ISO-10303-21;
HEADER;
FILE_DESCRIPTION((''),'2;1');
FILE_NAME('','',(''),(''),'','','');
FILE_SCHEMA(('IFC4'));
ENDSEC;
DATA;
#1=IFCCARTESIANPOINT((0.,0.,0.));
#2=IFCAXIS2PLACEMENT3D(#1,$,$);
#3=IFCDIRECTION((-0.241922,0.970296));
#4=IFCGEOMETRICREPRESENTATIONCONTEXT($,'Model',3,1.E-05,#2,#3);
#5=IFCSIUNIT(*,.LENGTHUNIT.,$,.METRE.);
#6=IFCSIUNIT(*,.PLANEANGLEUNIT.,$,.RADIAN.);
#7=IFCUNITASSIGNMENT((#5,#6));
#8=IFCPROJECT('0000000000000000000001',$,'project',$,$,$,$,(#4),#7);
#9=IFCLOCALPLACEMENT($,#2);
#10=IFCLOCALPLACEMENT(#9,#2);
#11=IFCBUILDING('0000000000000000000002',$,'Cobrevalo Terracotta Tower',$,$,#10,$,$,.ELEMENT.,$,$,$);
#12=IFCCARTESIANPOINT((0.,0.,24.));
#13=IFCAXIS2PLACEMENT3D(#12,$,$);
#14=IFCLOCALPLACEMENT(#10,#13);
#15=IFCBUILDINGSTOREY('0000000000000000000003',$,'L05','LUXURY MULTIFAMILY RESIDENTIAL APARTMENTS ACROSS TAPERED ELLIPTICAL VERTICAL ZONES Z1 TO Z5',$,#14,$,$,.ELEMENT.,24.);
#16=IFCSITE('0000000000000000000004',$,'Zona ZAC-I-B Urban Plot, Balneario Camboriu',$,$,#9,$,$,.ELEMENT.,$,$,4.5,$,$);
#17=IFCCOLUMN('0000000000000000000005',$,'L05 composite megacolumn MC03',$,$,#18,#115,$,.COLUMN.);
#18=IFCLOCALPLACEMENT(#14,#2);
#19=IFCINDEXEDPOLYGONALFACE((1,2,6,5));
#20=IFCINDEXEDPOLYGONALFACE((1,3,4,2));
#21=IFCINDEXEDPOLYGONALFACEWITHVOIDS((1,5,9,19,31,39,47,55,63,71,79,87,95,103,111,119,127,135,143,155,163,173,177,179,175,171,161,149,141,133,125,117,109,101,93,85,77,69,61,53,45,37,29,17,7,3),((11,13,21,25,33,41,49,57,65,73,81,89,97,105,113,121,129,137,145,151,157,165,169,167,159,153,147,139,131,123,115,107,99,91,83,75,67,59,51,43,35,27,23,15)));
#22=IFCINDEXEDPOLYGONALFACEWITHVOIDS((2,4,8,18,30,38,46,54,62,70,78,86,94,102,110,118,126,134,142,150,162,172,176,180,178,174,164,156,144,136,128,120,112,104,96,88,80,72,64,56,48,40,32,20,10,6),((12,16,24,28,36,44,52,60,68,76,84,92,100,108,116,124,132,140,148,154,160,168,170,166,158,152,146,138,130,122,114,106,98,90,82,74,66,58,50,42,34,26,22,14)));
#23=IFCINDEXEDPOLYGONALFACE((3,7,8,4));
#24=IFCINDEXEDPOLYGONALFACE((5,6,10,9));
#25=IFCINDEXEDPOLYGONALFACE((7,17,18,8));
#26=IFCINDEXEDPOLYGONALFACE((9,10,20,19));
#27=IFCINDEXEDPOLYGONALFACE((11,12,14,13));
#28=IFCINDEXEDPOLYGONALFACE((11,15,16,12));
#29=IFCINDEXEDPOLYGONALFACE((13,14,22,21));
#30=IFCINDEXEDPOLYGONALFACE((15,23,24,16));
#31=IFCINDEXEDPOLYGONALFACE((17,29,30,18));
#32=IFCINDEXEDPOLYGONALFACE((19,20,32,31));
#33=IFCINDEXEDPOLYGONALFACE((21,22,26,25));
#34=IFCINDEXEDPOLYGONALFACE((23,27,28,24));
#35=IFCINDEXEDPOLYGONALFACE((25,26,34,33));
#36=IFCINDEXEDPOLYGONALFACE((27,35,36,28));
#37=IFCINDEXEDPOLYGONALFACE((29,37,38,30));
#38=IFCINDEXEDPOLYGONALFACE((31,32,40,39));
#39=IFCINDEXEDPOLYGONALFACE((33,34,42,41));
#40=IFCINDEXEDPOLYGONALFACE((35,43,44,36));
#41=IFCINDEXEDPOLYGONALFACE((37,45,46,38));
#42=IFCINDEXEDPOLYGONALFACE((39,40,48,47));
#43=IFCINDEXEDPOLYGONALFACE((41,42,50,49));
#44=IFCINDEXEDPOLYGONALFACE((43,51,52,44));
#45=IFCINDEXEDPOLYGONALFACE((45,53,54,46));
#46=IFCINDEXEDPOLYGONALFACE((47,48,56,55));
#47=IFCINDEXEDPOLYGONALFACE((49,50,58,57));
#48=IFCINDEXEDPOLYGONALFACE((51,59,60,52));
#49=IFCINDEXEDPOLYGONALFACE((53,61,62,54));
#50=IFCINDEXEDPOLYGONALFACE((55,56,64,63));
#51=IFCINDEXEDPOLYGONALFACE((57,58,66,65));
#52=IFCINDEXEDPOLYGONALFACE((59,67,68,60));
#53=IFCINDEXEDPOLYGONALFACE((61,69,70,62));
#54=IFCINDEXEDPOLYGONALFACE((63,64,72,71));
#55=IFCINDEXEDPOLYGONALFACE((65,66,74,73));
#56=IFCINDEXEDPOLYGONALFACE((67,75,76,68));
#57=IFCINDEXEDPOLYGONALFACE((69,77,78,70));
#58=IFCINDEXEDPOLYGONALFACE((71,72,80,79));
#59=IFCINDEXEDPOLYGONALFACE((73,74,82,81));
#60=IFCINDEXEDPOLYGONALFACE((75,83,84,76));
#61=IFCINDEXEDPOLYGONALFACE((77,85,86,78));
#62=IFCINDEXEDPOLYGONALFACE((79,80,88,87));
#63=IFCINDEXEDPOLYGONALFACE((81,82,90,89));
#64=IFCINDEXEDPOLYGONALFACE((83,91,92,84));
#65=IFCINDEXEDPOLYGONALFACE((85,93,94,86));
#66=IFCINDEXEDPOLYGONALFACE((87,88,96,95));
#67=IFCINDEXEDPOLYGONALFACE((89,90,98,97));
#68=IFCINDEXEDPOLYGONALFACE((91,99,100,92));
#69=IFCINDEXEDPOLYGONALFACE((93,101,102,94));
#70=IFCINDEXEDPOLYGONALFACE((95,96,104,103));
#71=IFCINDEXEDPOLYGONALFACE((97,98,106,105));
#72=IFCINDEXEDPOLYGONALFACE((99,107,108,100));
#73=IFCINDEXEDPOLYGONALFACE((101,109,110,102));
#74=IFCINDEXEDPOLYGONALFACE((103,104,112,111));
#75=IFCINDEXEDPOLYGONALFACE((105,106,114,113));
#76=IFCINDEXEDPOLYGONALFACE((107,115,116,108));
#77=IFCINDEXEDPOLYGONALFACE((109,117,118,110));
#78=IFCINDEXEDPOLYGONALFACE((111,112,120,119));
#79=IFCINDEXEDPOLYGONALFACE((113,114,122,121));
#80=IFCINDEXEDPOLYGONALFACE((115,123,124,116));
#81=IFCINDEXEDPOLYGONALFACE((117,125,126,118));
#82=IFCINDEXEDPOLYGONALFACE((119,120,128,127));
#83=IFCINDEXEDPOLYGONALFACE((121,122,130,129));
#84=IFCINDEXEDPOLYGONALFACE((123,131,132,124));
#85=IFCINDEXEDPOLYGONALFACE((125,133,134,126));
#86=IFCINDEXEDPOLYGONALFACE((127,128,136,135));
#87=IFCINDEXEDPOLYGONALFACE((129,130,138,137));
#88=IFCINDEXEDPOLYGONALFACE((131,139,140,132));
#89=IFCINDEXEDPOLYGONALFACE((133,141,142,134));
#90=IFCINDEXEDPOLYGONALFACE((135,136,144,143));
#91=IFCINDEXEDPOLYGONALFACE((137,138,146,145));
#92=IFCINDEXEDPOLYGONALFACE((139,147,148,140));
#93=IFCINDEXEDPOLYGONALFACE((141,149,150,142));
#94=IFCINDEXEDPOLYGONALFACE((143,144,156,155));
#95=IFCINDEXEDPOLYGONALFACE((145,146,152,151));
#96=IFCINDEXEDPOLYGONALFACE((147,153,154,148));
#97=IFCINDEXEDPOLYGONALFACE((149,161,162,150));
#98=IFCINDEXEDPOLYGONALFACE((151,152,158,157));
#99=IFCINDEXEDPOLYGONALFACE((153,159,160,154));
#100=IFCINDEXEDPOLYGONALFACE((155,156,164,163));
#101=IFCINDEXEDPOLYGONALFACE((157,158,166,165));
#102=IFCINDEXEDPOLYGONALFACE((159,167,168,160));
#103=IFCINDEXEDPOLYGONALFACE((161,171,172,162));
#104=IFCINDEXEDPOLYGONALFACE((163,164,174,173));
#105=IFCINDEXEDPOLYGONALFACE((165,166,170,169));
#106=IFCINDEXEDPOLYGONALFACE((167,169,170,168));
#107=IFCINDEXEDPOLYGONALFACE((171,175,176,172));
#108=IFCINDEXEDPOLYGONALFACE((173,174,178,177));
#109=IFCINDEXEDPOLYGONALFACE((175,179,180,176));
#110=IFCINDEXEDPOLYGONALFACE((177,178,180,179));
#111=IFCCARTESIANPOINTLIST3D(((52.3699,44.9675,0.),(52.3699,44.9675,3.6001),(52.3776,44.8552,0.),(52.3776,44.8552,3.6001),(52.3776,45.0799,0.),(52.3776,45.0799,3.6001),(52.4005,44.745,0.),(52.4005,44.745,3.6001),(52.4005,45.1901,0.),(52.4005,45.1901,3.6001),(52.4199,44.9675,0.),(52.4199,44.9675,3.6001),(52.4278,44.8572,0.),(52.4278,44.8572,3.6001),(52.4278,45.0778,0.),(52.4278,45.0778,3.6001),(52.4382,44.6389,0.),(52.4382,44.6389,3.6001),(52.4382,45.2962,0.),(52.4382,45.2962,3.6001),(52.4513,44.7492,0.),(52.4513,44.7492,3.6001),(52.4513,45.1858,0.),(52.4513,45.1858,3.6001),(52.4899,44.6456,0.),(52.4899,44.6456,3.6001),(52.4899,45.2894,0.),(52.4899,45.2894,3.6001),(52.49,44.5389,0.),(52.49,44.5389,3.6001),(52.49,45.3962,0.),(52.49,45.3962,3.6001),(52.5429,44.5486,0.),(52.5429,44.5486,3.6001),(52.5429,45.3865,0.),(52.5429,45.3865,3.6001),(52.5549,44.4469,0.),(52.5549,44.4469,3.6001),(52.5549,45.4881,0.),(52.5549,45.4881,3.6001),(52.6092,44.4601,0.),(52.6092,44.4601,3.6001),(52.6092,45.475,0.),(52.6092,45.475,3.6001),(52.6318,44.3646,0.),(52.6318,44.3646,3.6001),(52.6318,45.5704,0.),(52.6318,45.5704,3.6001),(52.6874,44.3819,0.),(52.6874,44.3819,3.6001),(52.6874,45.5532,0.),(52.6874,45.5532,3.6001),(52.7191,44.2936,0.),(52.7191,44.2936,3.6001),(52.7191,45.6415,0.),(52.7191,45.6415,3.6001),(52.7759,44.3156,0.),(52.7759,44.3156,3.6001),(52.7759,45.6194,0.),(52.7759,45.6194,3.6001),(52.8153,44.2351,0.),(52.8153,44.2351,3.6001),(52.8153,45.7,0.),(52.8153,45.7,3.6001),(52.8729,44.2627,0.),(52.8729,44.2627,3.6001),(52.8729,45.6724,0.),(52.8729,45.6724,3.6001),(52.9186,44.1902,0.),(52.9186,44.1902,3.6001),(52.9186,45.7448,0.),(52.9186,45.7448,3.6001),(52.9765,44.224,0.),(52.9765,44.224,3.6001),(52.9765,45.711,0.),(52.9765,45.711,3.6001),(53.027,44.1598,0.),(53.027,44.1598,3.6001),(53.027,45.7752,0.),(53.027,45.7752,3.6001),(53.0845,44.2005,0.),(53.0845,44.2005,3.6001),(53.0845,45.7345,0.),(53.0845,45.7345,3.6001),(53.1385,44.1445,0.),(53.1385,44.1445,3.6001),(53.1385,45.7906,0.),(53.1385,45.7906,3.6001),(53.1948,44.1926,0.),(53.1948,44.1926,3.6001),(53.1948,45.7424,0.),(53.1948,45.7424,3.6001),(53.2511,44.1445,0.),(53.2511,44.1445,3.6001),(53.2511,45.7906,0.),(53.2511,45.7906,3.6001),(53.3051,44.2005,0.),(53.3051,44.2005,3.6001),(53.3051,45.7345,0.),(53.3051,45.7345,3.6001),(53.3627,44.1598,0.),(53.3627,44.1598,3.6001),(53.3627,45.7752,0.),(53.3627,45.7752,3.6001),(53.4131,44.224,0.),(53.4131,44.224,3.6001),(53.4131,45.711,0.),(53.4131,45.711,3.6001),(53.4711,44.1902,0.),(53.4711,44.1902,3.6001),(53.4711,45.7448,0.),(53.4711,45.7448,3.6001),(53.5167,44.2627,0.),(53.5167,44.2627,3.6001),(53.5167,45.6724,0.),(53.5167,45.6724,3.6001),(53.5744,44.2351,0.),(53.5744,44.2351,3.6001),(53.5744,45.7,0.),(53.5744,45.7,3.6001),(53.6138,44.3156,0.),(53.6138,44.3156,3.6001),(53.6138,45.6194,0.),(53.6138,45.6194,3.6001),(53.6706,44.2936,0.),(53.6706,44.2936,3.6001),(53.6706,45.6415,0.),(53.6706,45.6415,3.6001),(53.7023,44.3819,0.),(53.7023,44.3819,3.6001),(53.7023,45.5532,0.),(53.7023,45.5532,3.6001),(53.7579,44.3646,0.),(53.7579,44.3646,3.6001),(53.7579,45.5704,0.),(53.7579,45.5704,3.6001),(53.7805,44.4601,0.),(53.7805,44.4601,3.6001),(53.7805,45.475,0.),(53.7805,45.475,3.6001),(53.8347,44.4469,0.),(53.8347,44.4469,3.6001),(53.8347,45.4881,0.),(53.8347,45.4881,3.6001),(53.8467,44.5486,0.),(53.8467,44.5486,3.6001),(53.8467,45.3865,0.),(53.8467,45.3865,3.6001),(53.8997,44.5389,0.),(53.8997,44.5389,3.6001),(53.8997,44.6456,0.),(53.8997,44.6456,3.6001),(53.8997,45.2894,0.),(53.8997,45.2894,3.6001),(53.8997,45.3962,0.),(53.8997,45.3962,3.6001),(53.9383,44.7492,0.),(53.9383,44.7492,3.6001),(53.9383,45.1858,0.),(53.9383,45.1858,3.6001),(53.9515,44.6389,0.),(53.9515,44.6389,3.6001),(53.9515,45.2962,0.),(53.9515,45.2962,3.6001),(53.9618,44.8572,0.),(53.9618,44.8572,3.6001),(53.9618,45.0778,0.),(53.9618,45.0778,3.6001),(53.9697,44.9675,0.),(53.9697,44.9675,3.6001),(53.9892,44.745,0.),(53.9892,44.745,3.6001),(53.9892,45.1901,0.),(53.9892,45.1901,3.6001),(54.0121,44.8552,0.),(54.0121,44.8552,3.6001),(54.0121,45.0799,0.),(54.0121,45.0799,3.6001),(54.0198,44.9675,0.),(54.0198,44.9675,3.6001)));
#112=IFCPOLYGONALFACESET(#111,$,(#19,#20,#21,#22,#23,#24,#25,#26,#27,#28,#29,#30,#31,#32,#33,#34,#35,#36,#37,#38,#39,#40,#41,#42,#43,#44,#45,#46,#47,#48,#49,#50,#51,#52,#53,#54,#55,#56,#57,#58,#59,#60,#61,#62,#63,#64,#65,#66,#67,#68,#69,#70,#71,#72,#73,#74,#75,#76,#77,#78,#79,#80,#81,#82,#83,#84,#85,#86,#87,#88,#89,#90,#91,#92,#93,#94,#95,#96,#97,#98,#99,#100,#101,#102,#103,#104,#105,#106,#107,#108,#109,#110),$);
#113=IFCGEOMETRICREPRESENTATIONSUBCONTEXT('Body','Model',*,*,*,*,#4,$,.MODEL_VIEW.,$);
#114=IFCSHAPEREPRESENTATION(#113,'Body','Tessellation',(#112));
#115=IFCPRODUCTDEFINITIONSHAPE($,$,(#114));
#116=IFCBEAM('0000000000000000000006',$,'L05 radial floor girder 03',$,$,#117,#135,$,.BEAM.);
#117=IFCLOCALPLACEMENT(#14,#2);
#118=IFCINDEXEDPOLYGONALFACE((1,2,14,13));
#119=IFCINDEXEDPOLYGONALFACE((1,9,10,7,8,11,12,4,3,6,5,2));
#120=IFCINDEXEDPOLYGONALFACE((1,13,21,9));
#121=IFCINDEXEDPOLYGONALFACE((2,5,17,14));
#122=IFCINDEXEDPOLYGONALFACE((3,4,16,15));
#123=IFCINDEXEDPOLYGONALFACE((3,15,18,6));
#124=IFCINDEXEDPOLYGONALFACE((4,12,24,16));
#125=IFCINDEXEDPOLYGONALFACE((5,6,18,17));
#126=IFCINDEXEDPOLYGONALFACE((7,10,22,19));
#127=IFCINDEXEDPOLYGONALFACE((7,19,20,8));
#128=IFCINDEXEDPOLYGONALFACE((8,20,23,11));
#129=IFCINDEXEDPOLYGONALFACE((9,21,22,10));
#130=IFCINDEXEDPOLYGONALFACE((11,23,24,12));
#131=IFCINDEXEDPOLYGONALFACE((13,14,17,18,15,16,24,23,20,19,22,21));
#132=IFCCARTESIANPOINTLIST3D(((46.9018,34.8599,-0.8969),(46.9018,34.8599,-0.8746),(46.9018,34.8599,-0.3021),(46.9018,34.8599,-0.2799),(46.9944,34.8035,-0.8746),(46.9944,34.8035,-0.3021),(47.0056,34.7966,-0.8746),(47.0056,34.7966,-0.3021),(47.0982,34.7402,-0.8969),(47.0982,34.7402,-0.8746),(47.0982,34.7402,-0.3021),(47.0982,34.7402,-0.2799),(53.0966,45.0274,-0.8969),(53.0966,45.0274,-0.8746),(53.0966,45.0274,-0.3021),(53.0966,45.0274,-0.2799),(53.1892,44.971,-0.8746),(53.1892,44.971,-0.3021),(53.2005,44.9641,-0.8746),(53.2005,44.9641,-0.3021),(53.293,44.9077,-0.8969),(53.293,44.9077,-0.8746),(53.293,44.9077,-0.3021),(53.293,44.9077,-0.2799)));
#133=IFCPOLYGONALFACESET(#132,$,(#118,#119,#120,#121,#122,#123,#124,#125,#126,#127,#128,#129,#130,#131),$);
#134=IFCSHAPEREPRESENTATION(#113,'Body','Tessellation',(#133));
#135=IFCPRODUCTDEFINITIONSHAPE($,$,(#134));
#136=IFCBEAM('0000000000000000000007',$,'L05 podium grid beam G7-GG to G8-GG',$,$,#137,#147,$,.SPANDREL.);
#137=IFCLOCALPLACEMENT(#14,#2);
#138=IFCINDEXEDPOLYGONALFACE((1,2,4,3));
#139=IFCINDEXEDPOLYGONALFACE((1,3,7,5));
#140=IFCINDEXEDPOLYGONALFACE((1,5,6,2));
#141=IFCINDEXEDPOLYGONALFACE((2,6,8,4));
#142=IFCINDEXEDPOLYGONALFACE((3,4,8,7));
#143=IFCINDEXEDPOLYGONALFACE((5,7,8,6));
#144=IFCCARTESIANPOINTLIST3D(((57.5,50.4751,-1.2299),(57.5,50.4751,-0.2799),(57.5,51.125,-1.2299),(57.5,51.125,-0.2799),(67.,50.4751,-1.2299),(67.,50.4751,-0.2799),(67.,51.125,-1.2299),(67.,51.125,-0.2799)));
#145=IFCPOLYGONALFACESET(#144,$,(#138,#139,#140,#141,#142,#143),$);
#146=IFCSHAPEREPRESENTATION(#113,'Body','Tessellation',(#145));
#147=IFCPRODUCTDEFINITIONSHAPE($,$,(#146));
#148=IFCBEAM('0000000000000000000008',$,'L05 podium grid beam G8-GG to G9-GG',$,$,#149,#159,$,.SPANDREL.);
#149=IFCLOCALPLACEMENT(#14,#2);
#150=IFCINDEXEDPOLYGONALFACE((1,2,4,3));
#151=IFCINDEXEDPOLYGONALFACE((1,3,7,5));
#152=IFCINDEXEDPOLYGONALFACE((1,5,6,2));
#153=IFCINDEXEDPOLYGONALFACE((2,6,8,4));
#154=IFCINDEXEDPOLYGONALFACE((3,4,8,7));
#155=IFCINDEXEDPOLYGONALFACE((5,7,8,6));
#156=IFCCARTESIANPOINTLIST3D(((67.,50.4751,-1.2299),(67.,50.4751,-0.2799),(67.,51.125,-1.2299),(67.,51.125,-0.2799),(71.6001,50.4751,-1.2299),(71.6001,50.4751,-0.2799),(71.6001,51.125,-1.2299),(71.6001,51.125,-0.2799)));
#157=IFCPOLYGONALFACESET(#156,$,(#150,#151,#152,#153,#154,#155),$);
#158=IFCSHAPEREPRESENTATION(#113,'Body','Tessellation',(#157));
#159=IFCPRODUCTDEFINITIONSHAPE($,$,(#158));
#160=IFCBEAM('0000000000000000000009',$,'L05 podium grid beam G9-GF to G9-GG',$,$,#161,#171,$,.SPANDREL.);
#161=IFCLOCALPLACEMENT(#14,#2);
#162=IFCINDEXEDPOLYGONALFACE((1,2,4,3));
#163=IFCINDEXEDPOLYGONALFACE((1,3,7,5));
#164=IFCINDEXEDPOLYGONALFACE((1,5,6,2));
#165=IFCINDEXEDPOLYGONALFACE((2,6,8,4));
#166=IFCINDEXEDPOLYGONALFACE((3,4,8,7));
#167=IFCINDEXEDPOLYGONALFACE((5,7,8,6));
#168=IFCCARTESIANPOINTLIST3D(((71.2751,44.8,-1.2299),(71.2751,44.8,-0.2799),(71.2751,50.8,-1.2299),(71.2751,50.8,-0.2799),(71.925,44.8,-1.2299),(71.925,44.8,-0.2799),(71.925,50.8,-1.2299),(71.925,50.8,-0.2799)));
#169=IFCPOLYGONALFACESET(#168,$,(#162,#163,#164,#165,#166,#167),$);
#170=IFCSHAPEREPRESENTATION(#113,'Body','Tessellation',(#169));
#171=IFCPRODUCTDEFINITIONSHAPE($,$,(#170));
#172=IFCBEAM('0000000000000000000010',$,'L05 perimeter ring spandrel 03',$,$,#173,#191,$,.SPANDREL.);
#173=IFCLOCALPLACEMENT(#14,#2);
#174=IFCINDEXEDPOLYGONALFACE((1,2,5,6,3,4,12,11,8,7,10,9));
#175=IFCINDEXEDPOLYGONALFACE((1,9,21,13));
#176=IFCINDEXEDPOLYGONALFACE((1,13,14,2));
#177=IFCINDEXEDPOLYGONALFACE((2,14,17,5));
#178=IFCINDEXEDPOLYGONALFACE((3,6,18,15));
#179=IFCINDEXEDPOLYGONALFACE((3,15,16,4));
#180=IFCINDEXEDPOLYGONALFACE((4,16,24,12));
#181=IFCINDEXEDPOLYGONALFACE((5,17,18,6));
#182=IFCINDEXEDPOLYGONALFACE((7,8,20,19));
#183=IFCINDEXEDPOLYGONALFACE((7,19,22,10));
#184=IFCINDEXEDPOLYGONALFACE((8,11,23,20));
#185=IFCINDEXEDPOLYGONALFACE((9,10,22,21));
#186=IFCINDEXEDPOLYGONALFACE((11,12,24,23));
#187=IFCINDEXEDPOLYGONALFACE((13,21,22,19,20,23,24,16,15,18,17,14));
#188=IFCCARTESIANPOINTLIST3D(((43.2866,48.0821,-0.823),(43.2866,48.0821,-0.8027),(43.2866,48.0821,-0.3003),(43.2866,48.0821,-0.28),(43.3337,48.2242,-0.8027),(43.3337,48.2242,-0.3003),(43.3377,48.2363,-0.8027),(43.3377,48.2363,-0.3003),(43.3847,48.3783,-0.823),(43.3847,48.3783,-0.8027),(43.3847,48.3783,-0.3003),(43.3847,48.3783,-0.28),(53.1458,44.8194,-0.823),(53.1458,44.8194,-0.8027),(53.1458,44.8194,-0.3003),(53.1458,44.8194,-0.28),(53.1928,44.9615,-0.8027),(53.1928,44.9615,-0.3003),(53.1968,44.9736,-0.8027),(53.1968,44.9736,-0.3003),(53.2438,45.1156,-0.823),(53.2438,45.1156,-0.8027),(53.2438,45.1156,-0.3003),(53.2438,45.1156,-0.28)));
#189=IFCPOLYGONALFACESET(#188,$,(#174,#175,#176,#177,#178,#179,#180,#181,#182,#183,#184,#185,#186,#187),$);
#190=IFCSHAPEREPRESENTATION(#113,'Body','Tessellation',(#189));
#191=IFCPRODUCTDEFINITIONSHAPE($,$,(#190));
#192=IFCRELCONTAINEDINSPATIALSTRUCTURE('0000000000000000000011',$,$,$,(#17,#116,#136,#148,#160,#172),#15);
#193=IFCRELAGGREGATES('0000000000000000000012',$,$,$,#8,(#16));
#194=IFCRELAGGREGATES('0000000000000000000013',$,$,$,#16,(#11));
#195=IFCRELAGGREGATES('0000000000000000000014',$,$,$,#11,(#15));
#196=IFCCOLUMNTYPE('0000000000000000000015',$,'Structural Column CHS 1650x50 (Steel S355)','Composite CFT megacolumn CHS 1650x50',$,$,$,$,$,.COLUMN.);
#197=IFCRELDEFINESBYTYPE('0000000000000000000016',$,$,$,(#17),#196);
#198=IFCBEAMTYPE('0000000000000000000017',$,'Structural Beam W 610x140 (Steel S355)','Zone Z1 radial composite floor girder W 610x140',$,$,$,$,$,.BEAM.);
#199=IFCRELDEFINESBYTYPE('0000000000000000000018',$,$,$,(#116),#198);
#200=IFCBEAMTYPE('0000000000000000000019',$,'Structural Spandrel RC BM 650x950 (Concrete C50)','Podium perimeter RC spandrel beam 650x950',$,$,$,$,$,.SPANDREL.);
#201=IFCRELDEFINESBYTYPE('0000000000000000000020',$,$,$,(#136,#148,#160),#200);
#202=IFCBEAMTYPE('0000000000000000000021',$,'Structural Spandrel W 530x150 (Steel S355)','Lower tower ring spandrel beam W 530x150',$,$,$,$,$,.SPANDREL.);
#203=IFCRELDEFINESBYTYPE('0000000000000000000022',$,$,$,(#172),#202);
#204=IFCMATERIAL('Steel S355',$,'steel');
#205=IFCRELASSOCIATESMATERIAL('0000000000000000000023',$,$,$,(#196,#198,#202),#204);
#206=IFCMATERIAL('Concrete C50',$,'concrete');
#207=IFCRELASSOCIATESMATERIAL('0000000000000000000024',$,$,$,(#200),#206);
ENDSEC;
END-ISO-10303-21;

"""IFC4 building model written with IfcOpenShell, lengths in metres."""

from ifc_helpers import new_model, si_unit, direction, frame, origin, origin_2d, place, context, subcontext, project, spatial, rectangle, hollow_circle, i_section, extrude, material, material_profile, profile_set, type_object, element, save


model = new_model("IFC4")

# Units and contexts
model_context = context("Model", 3, precision=1e-05, world=origin(), true_north=direction((-0.241922, 0.970296)))
body_context = subcontext(model_context, "Body", "Model", "MODEL_VIEW")
ifc_project = project(units=[si_unit("LENGTHUNIT", "METRE"), si_unit("PLANEANGLEUNIT", "RADIAN")], contexts=[model_context])

# Site, building, storey
site_placement = place(None, origin())
site = spatial("IfcSite", under=ifc_project, at=site_placement, Name="Zona ZAC-I-B Urban Plot, Balneario Camboriu", CompositionType="ELEMENT", RefElevation=4.5)
building_placement = place(site_placement, origin())
building = spatial("IfcBuilding", under=site, at=building_placement, Name="Cobrevalo Terracotta Tower", CompositionType="ELEMENT")
storey_placement = place(building_placement, frame((0.0, 0.0, 24.0)))
storey = spatial("IfcBuildingStorey", under=building, at=storey_placement, Name="L05", Description="LUXURY MULTIFAMILY RESIDENTIAL APARTMENTS ACROSS TAPERED ELLIPTICAL VERTICAL ZONES Z1 TO Z5", CompositionType="ELEMENT", Elevation=24.0)

# Column
ifc_material_1 = material(Name="Steel S355", Category="steel")
ifc_material_profile_1 = material_profile(ifc_material_1, hollow_circle(Radius=0.825, WallThickness=0.05, at=origin_2d()), Name="CHS 1650x50")
ifc_profile_set_1 = profile_set([ifc_material_profile_1], Name="Steel S355")
column_type = type_object("IfcColumnType", Name="Structural Column CHS 1650x50 (Steel S355)", Description="Composite CFT megacolumn CHS 1650x50", PredefinedType="COLUMN", material=ifc_profile_set_1)
column_placement = place(storey_placement, frame((53.1948, 44.9675, 0.0), z_axis=(0.0, 0.0, 1.0), x_axis=(1.0, 0.0, 0.0)))
element("IfcColumn", 1, at=column_placement, inside=storey, type_object=column_type, Name="L05 composite megacolumn MC03", PredefinedType="COLUMN", context=body_context, shape_type="SweptSolid", body=[
    extrude(hollow_circle(Radius=0.825, WallThickness=0.05, at=origin_2d()), origin(), (0.0, 0.0, 1.0), 3.6001),
])

# Beams
ifc_material_profile_2 = material_profile(ifc_material_1, i_section(OverallWidth=0.23, OverallDepth=0.6169, WebThickness=0.0132, FlangeThickness=0.0222, at=origin_2d()), Name="W 610x140")
ifc_profile_set_2 = profile_set([ifc_material_profile_2], Name="Steel S355")
beam_type_1 = type_object("IfcBeamType", Name="Structural Beam W 610x140 (Steel S355)", Description="Zone Z1 radial composite floor girder W 610x140", PredefinedType="BEAM", material=ifc_profile_set_2)
beam_1_placement = place(storey_placement, frame((53.1948, 44.9675, -0.5884), z_axis=(-0.52031, -0.853978, 0.0), x_axis=(0.853978, -0.52031, 0.0)))
element("IfcBeam", 2, at=beam_1_placement, inside=storey, type_object=beam_type_1, Name="L05 radial floor girder 03", PredefinedType="BEAM", context=body_context, shape_type="SweptSolid", body=[
    extrude(i_section(OverallWidth=0.23, OverallDepth=0.6169, WebThickness=0.0132, FlangeThickness=0.0222, at=origin_2d()), origin(), (0.0, 0.0, 1.0), 11.906),
])
ifc_material_2 = material(Name="Concrete C50", Category="concrete")
ifc_material_profile_3 = material_profile(ifc_material_2, rectangle(XDim=0.6499, YDim=0.95, at=origin_2d()), Name="RC BM 650x950")
ifc_profile_set_3 = profile_set([ifc_material_profile_3], Name="Concrete C50")
beam_type_2 = type_object("IfcBeamType", Name="Structural Spandrel RC BM 650x950 (Concrete C50)", Description="Podium perimeter RC spandrel beam 650x950", PredefinedType="SPANDREL", material=ifc_profile_set_3)
beam_2_placement = place(storey_placement, frame((57.5, 50.8, -0.7549), z_axis=(1.0, 0.0, 0.0), x_axis=(0.0, 1.0, 0.0)))
element("IfcBeam", 3, at=beam_2_placement, inside=storey, type_object=beam_type_2, Name="L05 podium grid beam G7-GG to G8-GG", PredefinedType="SPANDREL", context=body_context, shape_type="SweptSolid", body=[
    extrude(rectangle(XDim=0.6499, YDim=0.95, at=origin_2d()), origin(), (0.0, 0.0, 1.0), 9.5),
])
beam_3_placement = place(storey_placement, frame((67.0, 50.8, -0.7549), z_axis=(1.0, 0.0, 0.0), x_axis=(0.0, 1.0, 0.0)))
element("IfcBeam", 4, at=beam_3_placement, inside=storey, type_object=beam_type_2, Name="L05 podium grid beam G8-GG to G9-GG", PredefinedType="SPANDREL", context=body_context, shape_type="SweptSolid", body=[
    extrude(rectangle(XDim=0.6499, YDim=0.95, at=origin_2d()), origin(), (0.0, 0.0, 1.0), 4.6001),
])
beam_4_placement = place(storey_placement, frame((71.6001, 44.8, -0.7549), z_axis=(0.0, 1.0, 0.0), x_axis=(-1.0, 0.0, 0.0)))
element("IfcBeam", 5, at=beam_4_placement, inside=storey, type_object=beam_type_2, Name="L05 podium grid beam G9-GF to G9-GG", PredefinedType="SPANDREL", context=body_context, shape_type="SweptSolid", body=[
    extrude(rectangle(XDim=0.6499, YDim=0.95, at=origin_2d()), origin(), (0.0, 0.0, 1.0), 6.0),
])
ifc_material_profile_4 = material_profile(ifc_material_1, i_section(OverallWidth=0.312, OverallDepth=0.543, WebThickness=0.0127, FlangeThickness=0.0203, at=origin_2d()), Name="W 530x150")
ifc_profile_set_4 = profile_set([ifc_material_profile_4], Name="Steel S355")
beam_type_3 = type_object("IfcBeamType", Name="Structural Spandrel W 530x150 (Steel S355)", Description="Lower tower ring spandrel beam W 530x150", PredefinedType="SPANDREL", material=ifc_profile_set_4)
beam_5_placement = place(storey_placement, frame((53.1948, 44.9675, -0.5515), z_axis=(-0.949365, 0.314175, 0.0), x_axis=(-0.314175, -0.949365, 0.0)))
element("IfcBeam", 6, at=beam_5_placement, inside=storey, type_object=beam_type_3, Name="L05 perimeter ring spandrel 03", PredefinedType="SPANDREL", context=body_context, shape_type="SweptSolid", body=[
    extrude(i_section(OverallWidth=0.312, OverallDepth=0.543, WebThickness=0.0127, FlangeThickness=0.0203, at=origin_2d()), origin(), (0.0, 0.0, 1.0), 10.385),
])

save(model, "model.ifc")
